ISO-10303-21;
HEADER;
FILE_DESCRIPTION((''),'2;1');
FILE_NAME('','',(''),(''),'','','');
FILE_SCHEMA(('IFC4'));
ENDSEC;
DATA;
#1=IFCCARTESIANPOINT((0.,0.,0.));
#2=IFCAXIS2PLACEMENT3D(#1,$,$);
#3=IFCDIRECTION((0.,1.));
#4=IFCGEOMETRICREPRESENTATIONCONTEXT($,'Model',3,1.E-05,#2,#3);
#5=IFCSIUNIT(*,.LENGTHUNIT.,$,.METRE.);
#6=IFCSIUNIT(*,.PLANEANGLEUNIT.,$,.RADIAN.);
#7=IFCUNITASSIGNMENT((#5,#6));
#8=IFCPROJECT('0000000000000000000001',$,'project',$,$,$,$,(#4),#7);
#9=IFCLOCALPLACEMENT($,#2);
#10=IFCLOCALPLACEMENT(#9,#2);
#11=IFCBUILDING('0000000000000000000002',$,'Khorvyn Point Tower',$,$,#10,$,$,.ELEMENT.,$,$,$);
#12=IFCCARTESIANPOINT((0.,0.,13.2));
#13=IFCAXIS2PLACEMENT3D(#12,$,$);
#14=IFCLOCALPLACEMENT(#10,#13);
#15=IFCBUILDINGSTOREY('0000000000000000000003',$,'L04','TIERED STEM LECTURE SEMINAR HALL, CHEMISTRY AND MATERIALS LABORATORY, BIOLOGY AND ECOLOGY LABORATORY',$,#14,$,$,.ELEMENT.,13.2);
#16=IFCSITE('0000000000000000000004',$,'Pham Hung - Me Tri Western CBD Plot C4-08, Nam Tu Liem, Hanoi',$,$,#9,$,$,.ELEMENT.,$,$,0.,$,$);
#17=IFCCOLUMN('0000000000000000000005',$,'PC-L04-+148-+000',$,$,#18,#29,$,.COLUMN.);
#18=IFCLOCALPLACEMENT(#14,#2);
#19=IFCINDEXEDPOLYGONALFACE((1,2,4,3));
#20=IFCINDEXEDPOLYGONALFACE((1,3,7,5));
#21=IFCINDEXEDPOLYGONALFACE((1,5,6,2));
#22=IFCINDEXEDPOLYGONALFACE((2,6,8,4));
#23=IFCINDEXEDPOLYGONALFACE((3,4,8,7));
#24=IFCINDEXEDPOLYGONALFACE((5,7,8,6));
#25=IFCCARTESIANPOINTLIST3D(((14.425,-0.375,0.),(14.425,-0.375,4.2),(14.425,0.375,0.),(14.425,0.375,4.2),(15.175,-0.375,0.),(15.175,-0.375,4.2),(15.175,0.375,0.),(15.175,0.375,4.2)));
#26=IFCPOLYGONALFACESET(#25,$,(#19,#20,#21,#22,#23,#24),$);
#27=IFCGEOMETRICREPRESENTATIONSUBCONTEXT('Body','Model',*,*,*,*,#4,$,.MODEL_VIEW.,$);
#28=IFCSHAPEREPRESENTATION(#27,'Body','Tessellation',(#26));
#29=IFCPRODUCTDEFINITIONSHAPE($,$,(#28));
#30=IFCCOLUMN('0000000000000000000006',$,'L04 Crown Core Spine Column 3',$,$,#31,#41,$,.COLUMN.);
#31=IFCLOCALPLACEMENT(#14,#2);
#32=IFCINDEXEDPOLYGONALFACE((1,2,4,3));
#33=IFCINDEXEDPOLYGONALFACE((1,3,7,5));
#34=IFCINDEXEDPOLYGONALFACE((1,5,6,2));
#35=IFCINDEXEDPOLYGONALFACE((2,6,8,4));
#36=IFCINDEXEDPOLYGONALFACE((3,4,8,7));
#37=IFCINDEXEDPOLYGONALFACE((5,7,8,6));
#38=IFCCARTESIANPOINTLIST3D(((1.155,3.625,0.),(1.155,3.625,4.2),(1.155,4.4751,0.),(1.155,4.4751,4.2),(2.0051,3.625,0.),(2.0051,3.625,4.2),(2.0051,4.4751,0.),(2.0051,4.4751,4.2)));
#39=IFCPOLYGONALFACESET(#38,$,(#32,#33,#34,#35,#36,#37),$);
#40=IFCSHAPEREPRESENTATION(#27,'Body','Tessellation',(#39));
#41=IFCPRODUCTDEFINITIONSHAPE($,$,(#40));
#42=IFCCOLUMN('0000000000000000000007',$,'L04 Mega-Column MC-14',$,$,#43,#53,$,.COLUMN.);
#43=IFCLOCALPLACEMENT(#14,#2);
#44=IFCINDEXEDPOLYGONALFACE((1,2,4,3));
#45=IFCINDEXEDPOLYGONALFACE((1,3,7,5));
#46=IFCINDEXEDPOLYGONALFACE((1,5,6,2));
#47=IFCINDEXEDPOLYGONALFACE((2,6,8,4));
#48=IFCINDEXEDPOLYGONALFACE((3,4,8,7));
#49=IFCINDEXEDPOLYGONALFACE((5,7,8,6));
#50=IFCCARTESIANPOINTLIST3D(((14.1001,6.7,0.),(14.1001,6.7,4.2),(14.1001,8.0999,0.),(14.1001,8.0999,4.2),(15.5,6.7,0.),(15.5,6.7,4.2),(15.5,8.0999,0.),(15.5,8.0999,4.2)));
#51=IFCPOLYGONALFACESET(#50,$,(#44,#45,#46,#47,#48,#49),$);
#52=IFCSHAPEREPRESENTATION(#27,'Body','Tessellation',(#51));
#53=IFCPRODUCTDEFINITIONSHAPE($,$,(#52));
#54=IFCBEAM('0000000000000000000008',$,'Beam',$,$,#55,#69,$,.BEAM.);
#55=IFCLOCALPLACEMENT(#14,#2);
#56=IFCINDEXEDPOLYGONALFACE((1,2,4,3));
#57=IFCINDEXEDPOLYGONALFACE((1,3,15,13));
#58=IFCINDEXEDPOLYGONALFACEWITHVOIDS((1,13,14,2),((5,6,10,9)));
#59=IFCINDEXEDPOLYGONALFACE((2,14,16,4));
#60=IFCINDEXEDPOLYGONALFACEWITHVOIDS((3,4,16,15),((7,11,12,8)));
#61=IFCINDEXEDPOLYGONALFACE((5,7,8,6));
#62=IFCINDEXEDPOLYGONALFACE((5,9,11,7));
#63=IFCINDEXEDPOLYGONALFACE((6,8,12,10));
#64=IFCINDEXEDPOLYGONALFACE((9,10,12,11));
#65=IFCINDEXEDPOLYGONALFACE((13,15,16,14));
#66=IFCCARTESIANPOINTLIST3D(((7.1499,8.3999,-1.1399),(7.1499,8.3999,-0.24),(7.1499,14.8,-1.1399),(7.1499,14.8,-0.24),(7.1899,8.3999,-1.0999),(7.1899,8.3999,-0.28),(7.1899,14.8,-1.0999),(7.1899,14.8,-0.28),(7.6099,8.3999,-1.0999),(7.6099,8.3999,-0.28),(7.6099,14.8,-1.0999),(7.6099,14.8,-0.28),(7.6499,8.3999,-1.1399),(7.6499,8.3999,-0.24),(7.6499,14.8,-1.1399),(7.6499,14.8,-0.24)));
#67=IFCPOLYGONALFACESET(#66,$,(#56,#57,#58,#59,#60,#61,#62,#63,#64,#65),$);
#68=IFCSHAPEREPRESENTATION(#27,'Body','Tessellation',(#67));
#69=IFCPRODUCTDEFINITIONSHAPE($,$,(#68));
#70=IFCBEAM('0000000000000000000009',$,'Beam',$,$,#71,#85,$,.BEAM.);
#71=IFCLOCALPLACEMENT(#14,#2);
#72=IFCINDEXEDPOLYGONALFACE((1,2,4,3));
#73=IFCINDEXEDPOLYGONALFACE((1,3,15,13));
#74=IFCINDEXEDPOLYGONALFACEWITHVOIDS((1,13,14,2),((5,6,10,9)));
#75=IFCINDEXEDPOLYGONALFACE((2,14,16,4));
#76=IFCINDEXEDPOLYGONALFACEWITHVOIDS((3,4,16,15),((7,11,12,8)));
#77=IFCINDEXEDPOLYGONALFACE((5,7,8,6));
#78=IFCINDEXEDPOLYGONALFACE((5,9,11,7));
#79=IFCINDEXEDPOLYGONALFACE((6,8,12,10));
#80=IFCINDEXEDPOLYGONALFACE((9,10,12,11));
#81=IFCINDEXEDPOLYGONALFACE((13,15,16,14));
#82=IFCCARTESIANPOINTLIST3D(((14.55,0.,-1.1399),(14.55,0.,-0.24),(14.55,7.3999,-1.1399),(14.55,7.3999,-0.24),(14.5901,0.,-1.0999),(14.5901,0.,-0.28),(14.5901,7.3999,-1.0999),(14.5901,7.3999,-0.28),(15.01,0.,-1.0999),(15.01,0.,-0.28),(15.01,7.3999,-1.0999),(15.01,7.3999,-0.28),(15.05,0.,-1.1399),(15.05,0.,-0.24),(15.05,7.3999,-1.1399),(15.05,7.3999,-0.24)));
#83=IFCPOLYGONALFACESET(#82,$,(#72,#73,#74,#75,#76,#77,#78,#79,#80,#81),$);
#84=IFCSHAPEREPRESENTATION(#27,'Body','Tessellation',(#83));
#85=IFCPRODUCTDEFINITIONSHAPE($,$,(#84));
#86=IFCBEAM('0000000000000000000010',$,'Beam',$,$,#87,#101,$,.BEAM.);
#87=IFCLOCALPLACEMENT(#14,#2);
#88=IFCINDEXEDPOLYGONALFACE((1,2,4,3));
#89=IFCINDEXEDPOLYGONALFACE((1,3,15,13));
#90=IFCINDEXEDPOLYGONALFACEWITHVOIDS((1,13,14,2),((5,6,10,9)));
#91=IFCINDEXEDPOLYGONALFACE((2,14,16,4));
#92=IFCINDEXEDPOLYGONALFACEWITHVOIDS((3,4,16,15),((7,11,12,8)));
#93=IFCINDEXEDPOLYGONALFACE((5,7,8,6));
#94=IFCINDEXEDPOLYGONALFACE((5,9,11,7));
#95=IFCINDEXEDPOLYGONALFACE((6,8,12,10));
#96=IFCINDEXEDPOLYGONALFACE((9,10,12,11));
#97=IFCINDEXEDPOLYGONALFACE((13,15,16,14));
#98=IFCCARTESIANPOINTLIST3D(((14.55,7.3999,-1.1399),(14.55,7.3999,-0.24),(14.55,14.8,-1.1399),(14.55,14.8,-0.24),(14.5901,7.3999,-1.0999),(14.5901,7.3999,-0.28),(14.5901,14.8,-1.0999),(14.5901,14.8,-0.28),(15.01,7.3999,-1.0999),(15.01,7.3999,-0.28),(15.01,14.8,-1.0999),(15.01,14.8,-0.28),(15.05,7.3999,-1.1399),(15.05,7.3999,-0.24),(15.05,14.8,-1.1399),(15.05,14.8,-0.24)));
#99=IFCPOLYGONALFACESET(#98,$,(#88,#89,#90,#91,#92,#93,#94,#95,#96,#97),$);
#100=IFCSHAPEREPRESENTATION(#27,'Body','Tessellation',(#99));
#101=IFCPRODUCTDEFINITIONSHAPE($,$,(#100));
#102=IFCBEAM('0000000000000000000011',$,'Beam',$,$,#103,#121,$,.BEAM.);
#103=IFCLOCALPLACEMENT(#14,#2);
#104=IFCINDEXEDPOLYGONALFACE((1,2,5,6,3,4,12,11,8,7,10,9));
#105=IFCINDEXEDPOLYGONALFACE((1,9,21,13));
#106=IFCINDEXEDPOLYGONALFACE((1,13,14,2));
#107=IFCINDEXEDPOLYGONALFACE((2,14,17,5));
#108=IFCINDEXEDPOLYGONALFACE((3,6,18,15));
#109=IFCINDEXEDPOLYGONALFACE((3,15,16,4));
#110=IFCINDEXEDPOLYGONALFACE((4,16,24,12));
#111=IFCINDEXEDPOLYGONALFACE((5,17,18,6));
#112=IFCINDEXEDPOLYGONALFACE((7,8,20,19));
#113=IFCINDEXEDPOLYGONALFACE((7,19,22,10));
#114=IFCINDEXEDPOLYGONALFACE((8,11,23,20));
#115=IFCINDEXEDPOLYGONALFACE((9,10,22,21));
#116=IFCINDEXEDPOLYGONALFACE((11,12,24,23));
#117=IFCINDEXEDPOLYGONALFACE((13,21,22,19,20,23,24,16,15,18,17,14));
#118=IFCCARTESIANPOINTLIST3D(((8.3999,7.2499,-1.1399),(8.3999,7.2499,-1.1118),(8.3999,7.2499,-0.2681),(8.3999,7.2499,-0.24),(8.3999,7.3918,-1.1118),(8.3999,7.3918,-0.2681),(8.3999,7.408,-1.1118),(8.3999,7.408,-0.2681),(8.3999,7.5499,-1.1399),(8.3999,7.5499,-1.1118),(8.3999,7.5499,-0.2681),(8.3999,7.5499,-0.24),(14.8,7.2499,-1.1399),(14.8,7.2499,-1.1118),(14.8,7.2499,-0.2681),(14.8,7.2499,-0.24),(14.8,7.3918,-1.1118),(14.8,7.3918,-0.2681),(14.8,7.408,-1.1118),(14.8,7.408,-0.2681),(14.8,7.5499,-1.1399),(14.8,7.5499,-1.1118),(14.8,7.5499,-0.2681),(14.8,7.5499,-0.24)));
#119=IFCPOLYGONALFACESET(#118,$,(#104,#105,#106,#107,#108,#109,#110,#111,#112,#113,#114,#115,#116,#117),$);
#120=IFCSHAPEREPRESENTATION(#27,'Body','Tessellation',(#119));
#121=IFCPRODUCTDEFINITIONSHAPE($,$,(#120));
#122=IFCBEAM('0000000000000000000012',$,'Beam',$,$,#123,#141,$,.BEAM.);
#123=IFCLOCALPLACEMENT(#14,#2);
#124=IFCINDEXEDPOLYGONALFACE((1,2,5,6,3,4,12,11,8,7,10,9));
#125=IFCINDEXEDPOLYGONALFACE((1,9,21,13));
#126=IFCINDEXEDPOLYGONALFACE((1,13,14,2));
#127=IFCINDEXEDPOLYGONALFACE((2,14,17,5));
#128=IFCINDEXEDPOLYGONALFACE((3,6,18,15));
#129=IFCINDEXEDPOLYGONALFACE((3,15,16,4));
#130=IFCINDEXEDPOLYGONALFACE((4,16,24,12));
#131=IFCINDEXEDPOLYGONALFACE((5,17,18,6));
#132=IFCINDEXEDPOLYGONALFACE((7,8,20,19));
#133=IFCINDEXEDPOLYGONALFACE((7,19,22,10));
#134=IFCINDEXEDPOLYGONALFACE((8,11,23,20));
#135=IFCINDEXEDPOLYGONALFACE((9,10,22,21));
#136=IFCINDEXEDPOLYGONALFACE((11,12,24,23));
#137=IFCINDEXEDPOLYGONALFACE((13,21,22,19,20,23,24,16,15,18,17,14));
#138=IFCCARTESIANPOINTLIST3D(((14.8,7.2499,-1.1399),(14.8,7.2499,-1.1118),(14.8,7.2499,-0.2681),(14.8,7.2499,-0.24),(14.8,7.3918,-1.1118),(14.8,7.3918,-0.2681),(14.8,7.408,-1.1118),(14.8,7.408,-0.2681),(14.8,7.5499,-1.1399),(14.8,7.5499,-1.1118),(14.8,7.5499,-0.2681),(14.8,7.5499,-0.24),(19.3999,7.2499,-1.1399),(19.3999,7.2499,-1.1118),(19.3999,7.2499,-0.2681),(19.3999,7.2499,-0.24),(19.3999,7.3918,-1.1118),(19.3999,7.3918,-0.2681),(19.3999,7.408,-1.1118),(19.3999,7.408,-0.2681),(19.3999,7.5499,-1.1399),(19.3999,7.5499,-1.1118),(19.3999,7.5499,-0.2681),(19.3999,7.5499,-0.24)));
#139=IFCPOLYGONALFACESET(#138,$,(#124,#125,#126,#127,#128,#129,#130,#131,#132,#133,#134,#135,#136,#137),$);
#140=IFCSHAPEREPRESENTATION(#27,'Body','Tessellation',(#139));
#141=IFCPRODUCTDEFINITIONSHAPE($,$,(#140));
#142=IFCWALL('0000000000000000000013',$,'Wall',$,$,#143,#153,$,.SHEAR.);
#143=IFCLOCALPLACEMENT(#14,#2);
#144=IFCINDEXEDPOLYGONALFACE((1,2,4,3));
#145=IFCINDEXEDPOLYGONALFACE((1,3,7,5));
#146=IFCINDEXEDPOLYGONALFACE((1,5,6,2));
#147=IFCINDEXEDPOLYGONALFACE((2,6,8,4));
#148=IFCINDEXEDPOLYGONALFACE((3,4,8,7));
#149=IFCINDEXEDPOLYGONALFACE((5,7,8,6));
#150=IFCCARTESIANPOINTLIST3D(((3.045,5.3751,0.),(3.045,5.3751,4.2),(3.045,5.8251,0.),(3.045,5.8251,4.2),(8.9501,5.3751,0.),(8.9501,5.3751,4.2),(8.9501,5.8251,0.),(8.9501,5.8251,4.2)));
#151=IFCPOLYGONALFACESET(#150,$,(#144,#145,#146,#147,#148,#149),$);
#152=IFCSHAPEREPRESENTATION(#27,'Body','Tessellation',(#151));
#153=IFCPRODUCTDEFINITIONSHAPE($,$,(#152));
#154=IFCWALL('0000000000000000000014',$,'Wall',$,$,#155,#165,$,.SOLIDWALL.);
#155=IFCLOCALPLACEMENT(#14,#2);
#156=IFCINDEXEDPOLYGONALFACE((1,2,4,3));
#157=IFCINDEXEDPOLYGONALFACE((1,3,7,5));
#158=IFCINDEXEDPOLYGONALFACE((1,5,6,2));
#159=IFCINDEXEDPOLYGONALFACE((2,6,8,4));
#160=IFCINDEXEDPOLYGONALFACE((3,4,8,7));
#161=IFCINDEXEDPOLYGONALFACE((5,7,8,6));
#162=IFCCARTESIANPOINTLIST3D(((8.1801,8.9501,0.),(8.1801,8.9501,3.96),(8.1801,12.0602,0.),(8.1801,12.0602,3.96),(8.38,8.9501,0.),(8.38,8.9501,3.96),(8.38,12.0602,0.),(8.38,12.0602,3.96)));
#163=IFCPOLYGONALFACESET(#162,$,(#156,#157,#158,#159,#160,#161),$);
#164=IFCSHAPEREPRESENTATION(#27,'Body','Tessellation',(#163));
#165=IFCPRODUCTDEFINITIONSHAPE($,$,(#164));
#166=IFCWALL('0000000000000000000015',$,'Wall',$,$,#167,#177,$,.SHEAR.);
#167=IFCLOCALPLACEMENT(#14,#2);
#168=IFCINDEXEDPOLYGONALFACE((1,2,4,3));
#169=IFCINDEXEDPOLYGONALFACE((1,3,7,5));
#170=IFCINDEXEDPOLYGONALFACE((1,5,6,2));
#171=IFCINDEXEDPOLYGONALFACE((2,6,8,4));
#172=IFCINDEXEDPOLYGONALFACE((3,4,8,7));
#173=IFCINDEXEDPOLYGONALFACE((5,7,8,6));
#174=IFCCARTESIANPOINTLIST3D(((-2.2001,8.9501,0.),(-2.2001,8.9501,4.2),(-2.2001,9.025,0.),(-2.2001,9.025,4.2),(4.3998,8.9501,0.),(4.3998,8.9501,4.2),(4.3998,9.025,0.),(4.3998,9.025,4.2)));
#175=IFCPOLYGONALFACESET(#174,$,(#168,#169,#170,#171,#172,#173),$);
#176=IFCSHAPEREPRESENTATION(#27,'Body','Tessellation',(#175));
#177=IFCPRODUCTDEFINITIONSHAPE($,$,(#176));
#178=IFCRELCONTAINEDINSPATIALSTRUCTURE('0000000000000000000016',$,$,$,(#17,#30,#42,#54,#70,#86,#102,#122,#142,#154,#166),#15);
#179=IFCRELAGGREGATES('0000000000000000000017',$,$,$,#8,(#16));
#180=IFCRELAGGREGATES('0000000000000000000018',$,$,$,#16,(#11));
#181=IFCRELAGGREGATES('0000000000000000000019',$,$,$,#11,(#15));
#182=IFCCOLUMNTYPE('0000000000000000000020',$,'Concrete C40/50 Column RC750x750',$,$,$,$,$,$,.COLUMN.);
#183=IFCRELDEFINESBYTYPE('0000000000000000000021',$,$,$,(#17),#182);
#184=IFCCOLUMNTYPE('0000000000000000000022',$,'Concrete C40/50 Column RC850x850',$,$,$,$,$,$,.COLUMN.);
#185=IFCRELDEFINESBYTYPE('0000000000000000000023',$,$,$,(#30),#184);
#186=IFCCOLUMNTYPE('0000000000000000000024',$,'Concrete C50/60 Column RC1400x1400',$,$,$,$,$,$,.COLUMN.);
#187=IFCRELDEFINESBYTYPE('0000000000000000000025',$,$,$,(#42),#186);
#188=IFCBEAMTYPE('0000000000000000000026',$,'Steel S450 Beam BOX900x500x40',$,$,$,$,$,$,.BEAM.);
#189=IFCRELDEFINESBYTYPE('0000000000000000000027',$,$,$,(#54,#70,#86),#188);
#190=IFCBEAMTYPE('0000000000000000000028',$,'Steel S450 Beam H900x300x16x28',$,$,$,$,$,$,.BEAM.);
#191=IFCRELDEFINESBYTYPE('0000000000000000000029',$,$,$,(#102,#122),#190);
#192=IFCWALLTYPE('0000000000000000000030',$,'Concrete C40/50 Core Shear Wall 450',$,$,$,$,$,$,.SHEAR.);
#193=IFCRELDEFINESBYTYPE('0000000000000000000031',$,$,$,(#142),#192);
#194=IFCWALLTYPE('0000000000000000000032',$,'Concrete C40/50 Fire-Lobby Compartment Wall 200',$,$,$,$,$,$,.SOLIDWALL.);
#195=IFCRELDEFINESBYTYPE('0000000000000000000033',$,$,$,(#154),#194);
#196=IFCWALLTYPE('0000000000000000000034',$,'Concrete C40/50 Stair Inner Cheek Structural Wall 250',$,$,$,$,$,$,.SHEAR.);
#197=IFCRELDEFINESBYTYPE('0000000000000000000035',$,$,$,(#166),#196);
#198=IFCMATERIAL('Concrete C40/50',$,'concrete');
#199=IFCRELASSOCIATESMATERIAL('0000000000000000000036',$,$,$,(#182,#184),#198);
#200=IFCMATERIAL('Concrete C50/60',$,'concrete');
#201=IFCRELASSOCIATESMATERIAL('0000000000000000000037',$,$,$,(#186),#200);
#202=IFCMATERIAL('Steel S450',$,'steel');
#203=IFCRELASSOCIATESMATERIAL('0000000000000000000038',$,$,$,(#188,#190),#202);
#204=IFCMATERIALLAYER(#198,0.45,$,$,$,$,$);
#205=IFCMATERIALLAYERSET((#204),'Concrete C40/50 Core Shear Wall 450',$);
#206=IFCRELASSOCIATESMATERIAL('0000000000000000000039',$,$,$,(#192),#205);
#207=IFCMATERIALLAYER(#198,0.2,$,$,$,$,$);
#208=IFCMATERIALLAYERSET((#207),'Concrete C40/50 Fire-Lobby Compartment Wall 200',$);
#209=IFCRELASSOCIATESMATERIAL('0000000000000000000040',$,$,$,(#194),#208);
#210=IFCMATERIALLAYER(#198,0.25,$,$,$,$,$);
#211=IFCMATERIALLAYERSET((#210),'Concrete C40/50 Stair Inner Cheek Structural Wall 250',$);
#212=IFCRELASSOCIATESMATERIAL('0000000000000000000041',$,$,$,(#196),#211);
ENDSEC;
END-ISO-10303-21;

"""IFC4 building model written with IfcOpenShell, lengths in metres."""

from ifc_helpers import new_model, si_unit, direction, frame, frame_2d, origin, origin_2d, place, context, subcontext, project, spatial, rectangle, hollow_rectangle, i_section, extrude, material, layer, layer_set, material_profile, profile_set, type_object, element, save


model = new_model("IFC4")

# Units and contexts
model_context = context("Model", 3, precision=1e-05, world=origin(), true_north=direction((0.0, 1.0)))
body_context = subcontext(model_context, "Body", "Model", "MODEL_VIEW")
ifc_project = project(units=[si_unit("LENGTHUNIT", "METRE"), si_unit("PLANEANGLEUNIT", "RADIAN")], contexts=[model_context])

# Site, building, storey
site_placement = place(None, origin())
site = spatial("IfcSite", under=ifc_project, at=site_placement, Name="Pham Hung - Me Tri Western CBD Plot C4-08, Nam Tu Liem, Hanoi", CompositionType="ELEMENT", RefElevation=0.0)
building_placement = place(site_placement, origin())
building = spatial("IfcBuilding", under=site, at=building_placement, Name="Khorvyn Point Tower", CompositionType="ELEMENT")
storey_placement = place(building_placement, frame((0.0, 0.0, 13.2)))
storey = spatial("IfcBuildingStorey", under=building, at=storey_placement, Name="L04", Description="TIERED STEM LECTURE SEMINAR HALL, CHEMISTRY AND MATERIALS LABORATORY, BIOLOGY AND ECOLOGY LABORATORY", CompositionType="ELEMENT", Elevation=13.2)

# Columns
ifc_material_1 = material(Name="Concrete C40/50", Category="concrete")
ifc_material_profile_1 = material_profile(ifc_material_1, rectangle(XDim=0.75, YDim=0.75, at=origin_2d()))
ifc_profile_set_1 = profile_set([ifc_material_profile_1], Name="Concrete C40/50 RC750x750")
column_type_1 = type_object("IfcColumnType", Name="Concrete C40/50 Column RC750x750", PredefinedType="COLUMN", material=ifc_profile_set_1)
column_1_placement = place(storey_placement, frame((14.8, 0.0, 0.0), z_axis=(0.0, 0.0, 1.0), x_axis=(1.0, 0.0, 0.0)))
element("IfcColumn", 1, at=column_1_placement, inside=storey, type_object=column_type_1, Name="PC-L04-+148-+000", PredefinedType="COLUMN", context=body_context, shape_type="SweptSolid", body=[
    extrude(rectangle(XDim=0.75, YDim=0.75, at=origin_2d()), origin(), (0.0, 0.0, 1.0), 4.2),
])
ifc_material_profile_2 = material_profile(ifc_material_1, rectangle(XDim=0.8501, YDim=0.8501, at=origin_2d()))
ifc_profile_set_2 = profile_set([ifc_material_profile_2], Name="Concrete C40/50 RC850x850")
column_type_2 = type_object("IfcColumnType", Name="Concrete C40/50 Column RC850x850", PredefinedType="COLUMN", material=ifc_profile_set_2)
column_2_placement = place(storey_placement, frame((1.5801, 4.05, 0.0), z_axis=(0.0, 0.0, 1.0), x_axis=(1.0, 0.0, 0.0)))
element("IfcColumn", 2, at=column_2_placement, inside=storey, type_object=column_type_2, Name="L04 Crown Core Spine Column 3", PredefinedType="COLUMN", context=body_context, shape_type="SweptSolid", body=[
    extrude(rectangle(XDim=0.8501, YDim=0.8501, at=origin_2d()), origin(), (0.0, 0.0, 1.0), 4.2),
])
ifc_material_2 = material(Name="Concrete C50/60", Category="concrete")
ifc_material_profile_3 = material_profile(ifc_material_2, rectangle(XDim=1.3999, YDim=1.3999, at=origin_2d()))
ifc_profile_set_3 = profile_set([ifc_material_profile_3], Name="Concrete C50/60 RC1400x1400")
column_type_3 = type_object("IfcColumnType", Name="Concrete C50/60 Column RC1400x1400", PredefinedType="COLUMN", material=ifc_profile_set_3)
column_3_placement = place(storey_placement, frame((14.8, 7.3999, 0.0), z_axis=(0.0, 0.0, 1.0), x_axis=(1.0, 0.0, 0.0)))
element("IfcColumn", 3, at=column_3_placement, inside=storey, type_object=column_type_3, Name="L04 Mega-Column MC-14", PredefinedType="COLUMN", context=body_context, shape_type="SweptSolid", body=[
    extrude(rectangle(XDim=1.3999, YDim=1.3999, at=origin_2d()), origin(), (0.0, 0.0, 1.0), 4.2),
])

# Beams
ifc_material_3 = material(Name="Steel S450", Category="steel")
ifc_material_profile_4 = material_profile(ifc_material_3, hollow_rectangle(XDim=0.5, YDim=0.8999, WallThickness=0.04, at=origin_2d()))
ifc_profile_set_4 = profile_set([ifc_material_profile_4], Name="Steel S450 BOX900x500x40")
beam_type_1 = type_object("IfcBeamType", Name="Steel S450 Beam BOX900x500x40", PredefinedType="BEAM", material=ifc_profile_set_4)
beam_1_placement = place(storey_placement, frame((7.3999, 8.3999, -0.6899), z_axis=(0.0, 1.0, 0.0), x_axis=(-1.0, 0.0, 0.0)))
element("IfcBeam", 4, at=beam_1_placement, inside=storey, type_object=beam_type_1, Name="Beam", PredefinedType="BEAM", context=body_context, shape_type="SweptSolid", body=[
    extrude(hollow_rectangle(XDim=0.5, YDim=0.8999, WallThickness=0.04, at=origin_2d()), origin(), (0.0, 0.0, 1.0), 6.4001),
])
beam_2_placement = place(storey_placement, frame((14.8, 0.0, -0.6899), z_axis=(0.0, 1.0, 0.0), x_axis=(-1.0, 0.0, 0.0)))
element("IfcBeam", 5, at=beam_2_placement, inside=storey, type_object=beam_type_1, Name="Beam", PredefinedType="BEAM", context=body_context, shape_type="SweptSolid", body=[
    extrude(hollow_rectangle(XDim=0.5, YDim=0.8999, WallThickness=0.04, at=origin_2d()), origin(), (0.0, 0.0, 1.0), 7.3999),
])
beam_3_placement = place(storey_placement, frame((14.8, 7.3999, -0.6899), z_axis=(0.0, 1.0, 0.0), x_axis=(-1.0, 0.0, 0.0)))
element("IfcBeam", 6, at=beam_3_placement, inside=storey, type_object=beam_type_1, Name="Beam", PredefinedType="BEAM", context=body_context, shape_type="SweptSolid", body=[
    extrude(hollow_rectangle(XDim=0.5, YDim=0.8999, WallThickness=0.04, at=origin_2d()), origin(), (0.0, 0.0, 1.0), 7.4001),
])
ifc_material_profile_5 = material_profile(ifc_material_3, i_section(OverallWidth=0.3, OverallDepth=0.8999, WebThickness=0.0161, FlangeThickness=0.0281, at=origin_2d()))
ifc_profile_set_5 = profile_set([ifc_material_profile_5], Name="Steel S450 H900x300x16x28")
beam_type_2 = type_object("IfcBeamType", Name="Steel S450 Beam H900x300x16x28", PredefinedType="BEAM", material=ifc_profile_set_5)
beam_4_placement = place(storey_placement, frame((8.3999, 7.3999, -0.6899), z_axis=(1.0, 0.0, 0.0), x_axis=(0.0, 1.0, 0.0)))
element("IfcBeam", 7, at=beam_4_placement, inside=storey, type_object=beam_type_2, Name="Beam", PredefinedType="BEAM", context=body_context, shape_type="SweptSolid", body=[
    extrude(i_section(OverallWidth=0.3, OverallDepth=0.8999, WebThickness=0.0161, FlangeThickness=0.0281, at=origin_2d()), origin(), (0.0, 0.0, 1.0), 6.4001),
])
beam_5_placement = place(storey_placement, frame((14.8, 7.3999, -0.6899), z_axis=(1.0, 0.0, 0.0), x_axis=(0.0, 1.0, 0.0)))
element("IfcBeam", 8, at=beam_5_placement, inside=storey, type_object=beam_type_2, Name="Beam", PredefinedType="BEAM", context=body_context, shape_type="SweptSolid", body=[
    extrude(i_section(OverallWidth=0.3, OverallDepth=0.8999, WebThickness=0.0161, FlangeThickness=0.0281, at=origin_2d()), origin(), (0.0, 0.0, 1.0), 4.5999),
])

# Walls
ifc_layer_1 = layer(ifc_material_1, 0.45)
ifc_layer_set_1 = layer_set([ifc_layer_1], Name="Concrete C40/50 Core Shear Wall 450")
wall_type_1 = type_object("IfcWallType", Name="Concrete C40/50 Core Shear Wall 450", PredefinedType="SHEAR", material=ifc_layer_set_1)
wall_1_placement = place(storey_placement, frame((3.0449, 5.6001, 0.0), z_axis=(0.0, 0.0, 1.0), x_axis=(1.0, 0.0, 0.0)))
element("IfcWall", 9, at=wall_1_placement, inside=storey, type_object=wall_type_1, Name="Wall", PredefinedType="SHEAR", context=body_context, shape_type="SweptSolid", body=[
    extrude(rectangle(XDim=5.905, YDim=0.45, at=frame_2d((2.9526, 0.0))), origin(), (0.0, 0.0, 1.0), 4.2),
])
ifc_layer_2 = layer(ifc_material_1, 0.2)
ifc_layer_set_2 = layer_set([ifc_layer_2], Name="Concrete C40/50 Fire-Lobby Compartment Wall 200")
wall_type_2 = type_object("IfcWallType", Name="Concrete C40/50 Fire-Lobby Compartment Wall 200", PredefinedType="SOLIDWALL", material=ifc_layer_set_2)
wall_2_placement = place(storey_placement, frame((8.28, 8.95, 0.0), z_axis=(0.0, 0.0, 1.0), x_axis=(0.0, 1.0, 0.0)))
element("IfcWall", 10, at=wall_2_placement, inside=storey, type_object=wall_type_2, Name="Wall", PredefinedType="SOLIDWALL", context=body_context, shape_type="SweptSolid", body=[
    extrude(rectangle(XDim=3.1101, YDim=0.2, at=frame_2d((1.5552, 0.0))), origin(), (0.0, 0.0, 1.0), 3.96),
])
ifc_layer_3 = layer(ifc_material_1, 0.25)
ifc_layer_set_3 = layer_set([ifc_layer_3], Name="Concrete C40/50 Stair Inner Cheek Structural Wall 250")
wall_type_3 = type_object("IfcWallType", Name="Concrete C40/50 Stair Inner Cheek Structural Wall 250", PredefinedType="SHEAR", material=ifc_layer_set_3)
wall_3_placement = place(storey_placement, frame((-2.2, 8.9875, 0.0), z_axis=(0.0, 0.0, 1.0), x_axis=(1.0, 0.0, 0.0)))
element("IfcWall", 11, at=wall_3_placement, inside=storey, type_object=wall_type_3, Name="Wall", PredefinedType="SHEAR", context=body_context, shape_type="SweptSolid", body=[
    extrude(rectangle(XDim=6.5999, YDim=0.075, at=frame_2d((3.2998, 0.0))), origin(), (0.0, 0.0, 1.0), 4.2),
])

save(model, "model.ifc")
